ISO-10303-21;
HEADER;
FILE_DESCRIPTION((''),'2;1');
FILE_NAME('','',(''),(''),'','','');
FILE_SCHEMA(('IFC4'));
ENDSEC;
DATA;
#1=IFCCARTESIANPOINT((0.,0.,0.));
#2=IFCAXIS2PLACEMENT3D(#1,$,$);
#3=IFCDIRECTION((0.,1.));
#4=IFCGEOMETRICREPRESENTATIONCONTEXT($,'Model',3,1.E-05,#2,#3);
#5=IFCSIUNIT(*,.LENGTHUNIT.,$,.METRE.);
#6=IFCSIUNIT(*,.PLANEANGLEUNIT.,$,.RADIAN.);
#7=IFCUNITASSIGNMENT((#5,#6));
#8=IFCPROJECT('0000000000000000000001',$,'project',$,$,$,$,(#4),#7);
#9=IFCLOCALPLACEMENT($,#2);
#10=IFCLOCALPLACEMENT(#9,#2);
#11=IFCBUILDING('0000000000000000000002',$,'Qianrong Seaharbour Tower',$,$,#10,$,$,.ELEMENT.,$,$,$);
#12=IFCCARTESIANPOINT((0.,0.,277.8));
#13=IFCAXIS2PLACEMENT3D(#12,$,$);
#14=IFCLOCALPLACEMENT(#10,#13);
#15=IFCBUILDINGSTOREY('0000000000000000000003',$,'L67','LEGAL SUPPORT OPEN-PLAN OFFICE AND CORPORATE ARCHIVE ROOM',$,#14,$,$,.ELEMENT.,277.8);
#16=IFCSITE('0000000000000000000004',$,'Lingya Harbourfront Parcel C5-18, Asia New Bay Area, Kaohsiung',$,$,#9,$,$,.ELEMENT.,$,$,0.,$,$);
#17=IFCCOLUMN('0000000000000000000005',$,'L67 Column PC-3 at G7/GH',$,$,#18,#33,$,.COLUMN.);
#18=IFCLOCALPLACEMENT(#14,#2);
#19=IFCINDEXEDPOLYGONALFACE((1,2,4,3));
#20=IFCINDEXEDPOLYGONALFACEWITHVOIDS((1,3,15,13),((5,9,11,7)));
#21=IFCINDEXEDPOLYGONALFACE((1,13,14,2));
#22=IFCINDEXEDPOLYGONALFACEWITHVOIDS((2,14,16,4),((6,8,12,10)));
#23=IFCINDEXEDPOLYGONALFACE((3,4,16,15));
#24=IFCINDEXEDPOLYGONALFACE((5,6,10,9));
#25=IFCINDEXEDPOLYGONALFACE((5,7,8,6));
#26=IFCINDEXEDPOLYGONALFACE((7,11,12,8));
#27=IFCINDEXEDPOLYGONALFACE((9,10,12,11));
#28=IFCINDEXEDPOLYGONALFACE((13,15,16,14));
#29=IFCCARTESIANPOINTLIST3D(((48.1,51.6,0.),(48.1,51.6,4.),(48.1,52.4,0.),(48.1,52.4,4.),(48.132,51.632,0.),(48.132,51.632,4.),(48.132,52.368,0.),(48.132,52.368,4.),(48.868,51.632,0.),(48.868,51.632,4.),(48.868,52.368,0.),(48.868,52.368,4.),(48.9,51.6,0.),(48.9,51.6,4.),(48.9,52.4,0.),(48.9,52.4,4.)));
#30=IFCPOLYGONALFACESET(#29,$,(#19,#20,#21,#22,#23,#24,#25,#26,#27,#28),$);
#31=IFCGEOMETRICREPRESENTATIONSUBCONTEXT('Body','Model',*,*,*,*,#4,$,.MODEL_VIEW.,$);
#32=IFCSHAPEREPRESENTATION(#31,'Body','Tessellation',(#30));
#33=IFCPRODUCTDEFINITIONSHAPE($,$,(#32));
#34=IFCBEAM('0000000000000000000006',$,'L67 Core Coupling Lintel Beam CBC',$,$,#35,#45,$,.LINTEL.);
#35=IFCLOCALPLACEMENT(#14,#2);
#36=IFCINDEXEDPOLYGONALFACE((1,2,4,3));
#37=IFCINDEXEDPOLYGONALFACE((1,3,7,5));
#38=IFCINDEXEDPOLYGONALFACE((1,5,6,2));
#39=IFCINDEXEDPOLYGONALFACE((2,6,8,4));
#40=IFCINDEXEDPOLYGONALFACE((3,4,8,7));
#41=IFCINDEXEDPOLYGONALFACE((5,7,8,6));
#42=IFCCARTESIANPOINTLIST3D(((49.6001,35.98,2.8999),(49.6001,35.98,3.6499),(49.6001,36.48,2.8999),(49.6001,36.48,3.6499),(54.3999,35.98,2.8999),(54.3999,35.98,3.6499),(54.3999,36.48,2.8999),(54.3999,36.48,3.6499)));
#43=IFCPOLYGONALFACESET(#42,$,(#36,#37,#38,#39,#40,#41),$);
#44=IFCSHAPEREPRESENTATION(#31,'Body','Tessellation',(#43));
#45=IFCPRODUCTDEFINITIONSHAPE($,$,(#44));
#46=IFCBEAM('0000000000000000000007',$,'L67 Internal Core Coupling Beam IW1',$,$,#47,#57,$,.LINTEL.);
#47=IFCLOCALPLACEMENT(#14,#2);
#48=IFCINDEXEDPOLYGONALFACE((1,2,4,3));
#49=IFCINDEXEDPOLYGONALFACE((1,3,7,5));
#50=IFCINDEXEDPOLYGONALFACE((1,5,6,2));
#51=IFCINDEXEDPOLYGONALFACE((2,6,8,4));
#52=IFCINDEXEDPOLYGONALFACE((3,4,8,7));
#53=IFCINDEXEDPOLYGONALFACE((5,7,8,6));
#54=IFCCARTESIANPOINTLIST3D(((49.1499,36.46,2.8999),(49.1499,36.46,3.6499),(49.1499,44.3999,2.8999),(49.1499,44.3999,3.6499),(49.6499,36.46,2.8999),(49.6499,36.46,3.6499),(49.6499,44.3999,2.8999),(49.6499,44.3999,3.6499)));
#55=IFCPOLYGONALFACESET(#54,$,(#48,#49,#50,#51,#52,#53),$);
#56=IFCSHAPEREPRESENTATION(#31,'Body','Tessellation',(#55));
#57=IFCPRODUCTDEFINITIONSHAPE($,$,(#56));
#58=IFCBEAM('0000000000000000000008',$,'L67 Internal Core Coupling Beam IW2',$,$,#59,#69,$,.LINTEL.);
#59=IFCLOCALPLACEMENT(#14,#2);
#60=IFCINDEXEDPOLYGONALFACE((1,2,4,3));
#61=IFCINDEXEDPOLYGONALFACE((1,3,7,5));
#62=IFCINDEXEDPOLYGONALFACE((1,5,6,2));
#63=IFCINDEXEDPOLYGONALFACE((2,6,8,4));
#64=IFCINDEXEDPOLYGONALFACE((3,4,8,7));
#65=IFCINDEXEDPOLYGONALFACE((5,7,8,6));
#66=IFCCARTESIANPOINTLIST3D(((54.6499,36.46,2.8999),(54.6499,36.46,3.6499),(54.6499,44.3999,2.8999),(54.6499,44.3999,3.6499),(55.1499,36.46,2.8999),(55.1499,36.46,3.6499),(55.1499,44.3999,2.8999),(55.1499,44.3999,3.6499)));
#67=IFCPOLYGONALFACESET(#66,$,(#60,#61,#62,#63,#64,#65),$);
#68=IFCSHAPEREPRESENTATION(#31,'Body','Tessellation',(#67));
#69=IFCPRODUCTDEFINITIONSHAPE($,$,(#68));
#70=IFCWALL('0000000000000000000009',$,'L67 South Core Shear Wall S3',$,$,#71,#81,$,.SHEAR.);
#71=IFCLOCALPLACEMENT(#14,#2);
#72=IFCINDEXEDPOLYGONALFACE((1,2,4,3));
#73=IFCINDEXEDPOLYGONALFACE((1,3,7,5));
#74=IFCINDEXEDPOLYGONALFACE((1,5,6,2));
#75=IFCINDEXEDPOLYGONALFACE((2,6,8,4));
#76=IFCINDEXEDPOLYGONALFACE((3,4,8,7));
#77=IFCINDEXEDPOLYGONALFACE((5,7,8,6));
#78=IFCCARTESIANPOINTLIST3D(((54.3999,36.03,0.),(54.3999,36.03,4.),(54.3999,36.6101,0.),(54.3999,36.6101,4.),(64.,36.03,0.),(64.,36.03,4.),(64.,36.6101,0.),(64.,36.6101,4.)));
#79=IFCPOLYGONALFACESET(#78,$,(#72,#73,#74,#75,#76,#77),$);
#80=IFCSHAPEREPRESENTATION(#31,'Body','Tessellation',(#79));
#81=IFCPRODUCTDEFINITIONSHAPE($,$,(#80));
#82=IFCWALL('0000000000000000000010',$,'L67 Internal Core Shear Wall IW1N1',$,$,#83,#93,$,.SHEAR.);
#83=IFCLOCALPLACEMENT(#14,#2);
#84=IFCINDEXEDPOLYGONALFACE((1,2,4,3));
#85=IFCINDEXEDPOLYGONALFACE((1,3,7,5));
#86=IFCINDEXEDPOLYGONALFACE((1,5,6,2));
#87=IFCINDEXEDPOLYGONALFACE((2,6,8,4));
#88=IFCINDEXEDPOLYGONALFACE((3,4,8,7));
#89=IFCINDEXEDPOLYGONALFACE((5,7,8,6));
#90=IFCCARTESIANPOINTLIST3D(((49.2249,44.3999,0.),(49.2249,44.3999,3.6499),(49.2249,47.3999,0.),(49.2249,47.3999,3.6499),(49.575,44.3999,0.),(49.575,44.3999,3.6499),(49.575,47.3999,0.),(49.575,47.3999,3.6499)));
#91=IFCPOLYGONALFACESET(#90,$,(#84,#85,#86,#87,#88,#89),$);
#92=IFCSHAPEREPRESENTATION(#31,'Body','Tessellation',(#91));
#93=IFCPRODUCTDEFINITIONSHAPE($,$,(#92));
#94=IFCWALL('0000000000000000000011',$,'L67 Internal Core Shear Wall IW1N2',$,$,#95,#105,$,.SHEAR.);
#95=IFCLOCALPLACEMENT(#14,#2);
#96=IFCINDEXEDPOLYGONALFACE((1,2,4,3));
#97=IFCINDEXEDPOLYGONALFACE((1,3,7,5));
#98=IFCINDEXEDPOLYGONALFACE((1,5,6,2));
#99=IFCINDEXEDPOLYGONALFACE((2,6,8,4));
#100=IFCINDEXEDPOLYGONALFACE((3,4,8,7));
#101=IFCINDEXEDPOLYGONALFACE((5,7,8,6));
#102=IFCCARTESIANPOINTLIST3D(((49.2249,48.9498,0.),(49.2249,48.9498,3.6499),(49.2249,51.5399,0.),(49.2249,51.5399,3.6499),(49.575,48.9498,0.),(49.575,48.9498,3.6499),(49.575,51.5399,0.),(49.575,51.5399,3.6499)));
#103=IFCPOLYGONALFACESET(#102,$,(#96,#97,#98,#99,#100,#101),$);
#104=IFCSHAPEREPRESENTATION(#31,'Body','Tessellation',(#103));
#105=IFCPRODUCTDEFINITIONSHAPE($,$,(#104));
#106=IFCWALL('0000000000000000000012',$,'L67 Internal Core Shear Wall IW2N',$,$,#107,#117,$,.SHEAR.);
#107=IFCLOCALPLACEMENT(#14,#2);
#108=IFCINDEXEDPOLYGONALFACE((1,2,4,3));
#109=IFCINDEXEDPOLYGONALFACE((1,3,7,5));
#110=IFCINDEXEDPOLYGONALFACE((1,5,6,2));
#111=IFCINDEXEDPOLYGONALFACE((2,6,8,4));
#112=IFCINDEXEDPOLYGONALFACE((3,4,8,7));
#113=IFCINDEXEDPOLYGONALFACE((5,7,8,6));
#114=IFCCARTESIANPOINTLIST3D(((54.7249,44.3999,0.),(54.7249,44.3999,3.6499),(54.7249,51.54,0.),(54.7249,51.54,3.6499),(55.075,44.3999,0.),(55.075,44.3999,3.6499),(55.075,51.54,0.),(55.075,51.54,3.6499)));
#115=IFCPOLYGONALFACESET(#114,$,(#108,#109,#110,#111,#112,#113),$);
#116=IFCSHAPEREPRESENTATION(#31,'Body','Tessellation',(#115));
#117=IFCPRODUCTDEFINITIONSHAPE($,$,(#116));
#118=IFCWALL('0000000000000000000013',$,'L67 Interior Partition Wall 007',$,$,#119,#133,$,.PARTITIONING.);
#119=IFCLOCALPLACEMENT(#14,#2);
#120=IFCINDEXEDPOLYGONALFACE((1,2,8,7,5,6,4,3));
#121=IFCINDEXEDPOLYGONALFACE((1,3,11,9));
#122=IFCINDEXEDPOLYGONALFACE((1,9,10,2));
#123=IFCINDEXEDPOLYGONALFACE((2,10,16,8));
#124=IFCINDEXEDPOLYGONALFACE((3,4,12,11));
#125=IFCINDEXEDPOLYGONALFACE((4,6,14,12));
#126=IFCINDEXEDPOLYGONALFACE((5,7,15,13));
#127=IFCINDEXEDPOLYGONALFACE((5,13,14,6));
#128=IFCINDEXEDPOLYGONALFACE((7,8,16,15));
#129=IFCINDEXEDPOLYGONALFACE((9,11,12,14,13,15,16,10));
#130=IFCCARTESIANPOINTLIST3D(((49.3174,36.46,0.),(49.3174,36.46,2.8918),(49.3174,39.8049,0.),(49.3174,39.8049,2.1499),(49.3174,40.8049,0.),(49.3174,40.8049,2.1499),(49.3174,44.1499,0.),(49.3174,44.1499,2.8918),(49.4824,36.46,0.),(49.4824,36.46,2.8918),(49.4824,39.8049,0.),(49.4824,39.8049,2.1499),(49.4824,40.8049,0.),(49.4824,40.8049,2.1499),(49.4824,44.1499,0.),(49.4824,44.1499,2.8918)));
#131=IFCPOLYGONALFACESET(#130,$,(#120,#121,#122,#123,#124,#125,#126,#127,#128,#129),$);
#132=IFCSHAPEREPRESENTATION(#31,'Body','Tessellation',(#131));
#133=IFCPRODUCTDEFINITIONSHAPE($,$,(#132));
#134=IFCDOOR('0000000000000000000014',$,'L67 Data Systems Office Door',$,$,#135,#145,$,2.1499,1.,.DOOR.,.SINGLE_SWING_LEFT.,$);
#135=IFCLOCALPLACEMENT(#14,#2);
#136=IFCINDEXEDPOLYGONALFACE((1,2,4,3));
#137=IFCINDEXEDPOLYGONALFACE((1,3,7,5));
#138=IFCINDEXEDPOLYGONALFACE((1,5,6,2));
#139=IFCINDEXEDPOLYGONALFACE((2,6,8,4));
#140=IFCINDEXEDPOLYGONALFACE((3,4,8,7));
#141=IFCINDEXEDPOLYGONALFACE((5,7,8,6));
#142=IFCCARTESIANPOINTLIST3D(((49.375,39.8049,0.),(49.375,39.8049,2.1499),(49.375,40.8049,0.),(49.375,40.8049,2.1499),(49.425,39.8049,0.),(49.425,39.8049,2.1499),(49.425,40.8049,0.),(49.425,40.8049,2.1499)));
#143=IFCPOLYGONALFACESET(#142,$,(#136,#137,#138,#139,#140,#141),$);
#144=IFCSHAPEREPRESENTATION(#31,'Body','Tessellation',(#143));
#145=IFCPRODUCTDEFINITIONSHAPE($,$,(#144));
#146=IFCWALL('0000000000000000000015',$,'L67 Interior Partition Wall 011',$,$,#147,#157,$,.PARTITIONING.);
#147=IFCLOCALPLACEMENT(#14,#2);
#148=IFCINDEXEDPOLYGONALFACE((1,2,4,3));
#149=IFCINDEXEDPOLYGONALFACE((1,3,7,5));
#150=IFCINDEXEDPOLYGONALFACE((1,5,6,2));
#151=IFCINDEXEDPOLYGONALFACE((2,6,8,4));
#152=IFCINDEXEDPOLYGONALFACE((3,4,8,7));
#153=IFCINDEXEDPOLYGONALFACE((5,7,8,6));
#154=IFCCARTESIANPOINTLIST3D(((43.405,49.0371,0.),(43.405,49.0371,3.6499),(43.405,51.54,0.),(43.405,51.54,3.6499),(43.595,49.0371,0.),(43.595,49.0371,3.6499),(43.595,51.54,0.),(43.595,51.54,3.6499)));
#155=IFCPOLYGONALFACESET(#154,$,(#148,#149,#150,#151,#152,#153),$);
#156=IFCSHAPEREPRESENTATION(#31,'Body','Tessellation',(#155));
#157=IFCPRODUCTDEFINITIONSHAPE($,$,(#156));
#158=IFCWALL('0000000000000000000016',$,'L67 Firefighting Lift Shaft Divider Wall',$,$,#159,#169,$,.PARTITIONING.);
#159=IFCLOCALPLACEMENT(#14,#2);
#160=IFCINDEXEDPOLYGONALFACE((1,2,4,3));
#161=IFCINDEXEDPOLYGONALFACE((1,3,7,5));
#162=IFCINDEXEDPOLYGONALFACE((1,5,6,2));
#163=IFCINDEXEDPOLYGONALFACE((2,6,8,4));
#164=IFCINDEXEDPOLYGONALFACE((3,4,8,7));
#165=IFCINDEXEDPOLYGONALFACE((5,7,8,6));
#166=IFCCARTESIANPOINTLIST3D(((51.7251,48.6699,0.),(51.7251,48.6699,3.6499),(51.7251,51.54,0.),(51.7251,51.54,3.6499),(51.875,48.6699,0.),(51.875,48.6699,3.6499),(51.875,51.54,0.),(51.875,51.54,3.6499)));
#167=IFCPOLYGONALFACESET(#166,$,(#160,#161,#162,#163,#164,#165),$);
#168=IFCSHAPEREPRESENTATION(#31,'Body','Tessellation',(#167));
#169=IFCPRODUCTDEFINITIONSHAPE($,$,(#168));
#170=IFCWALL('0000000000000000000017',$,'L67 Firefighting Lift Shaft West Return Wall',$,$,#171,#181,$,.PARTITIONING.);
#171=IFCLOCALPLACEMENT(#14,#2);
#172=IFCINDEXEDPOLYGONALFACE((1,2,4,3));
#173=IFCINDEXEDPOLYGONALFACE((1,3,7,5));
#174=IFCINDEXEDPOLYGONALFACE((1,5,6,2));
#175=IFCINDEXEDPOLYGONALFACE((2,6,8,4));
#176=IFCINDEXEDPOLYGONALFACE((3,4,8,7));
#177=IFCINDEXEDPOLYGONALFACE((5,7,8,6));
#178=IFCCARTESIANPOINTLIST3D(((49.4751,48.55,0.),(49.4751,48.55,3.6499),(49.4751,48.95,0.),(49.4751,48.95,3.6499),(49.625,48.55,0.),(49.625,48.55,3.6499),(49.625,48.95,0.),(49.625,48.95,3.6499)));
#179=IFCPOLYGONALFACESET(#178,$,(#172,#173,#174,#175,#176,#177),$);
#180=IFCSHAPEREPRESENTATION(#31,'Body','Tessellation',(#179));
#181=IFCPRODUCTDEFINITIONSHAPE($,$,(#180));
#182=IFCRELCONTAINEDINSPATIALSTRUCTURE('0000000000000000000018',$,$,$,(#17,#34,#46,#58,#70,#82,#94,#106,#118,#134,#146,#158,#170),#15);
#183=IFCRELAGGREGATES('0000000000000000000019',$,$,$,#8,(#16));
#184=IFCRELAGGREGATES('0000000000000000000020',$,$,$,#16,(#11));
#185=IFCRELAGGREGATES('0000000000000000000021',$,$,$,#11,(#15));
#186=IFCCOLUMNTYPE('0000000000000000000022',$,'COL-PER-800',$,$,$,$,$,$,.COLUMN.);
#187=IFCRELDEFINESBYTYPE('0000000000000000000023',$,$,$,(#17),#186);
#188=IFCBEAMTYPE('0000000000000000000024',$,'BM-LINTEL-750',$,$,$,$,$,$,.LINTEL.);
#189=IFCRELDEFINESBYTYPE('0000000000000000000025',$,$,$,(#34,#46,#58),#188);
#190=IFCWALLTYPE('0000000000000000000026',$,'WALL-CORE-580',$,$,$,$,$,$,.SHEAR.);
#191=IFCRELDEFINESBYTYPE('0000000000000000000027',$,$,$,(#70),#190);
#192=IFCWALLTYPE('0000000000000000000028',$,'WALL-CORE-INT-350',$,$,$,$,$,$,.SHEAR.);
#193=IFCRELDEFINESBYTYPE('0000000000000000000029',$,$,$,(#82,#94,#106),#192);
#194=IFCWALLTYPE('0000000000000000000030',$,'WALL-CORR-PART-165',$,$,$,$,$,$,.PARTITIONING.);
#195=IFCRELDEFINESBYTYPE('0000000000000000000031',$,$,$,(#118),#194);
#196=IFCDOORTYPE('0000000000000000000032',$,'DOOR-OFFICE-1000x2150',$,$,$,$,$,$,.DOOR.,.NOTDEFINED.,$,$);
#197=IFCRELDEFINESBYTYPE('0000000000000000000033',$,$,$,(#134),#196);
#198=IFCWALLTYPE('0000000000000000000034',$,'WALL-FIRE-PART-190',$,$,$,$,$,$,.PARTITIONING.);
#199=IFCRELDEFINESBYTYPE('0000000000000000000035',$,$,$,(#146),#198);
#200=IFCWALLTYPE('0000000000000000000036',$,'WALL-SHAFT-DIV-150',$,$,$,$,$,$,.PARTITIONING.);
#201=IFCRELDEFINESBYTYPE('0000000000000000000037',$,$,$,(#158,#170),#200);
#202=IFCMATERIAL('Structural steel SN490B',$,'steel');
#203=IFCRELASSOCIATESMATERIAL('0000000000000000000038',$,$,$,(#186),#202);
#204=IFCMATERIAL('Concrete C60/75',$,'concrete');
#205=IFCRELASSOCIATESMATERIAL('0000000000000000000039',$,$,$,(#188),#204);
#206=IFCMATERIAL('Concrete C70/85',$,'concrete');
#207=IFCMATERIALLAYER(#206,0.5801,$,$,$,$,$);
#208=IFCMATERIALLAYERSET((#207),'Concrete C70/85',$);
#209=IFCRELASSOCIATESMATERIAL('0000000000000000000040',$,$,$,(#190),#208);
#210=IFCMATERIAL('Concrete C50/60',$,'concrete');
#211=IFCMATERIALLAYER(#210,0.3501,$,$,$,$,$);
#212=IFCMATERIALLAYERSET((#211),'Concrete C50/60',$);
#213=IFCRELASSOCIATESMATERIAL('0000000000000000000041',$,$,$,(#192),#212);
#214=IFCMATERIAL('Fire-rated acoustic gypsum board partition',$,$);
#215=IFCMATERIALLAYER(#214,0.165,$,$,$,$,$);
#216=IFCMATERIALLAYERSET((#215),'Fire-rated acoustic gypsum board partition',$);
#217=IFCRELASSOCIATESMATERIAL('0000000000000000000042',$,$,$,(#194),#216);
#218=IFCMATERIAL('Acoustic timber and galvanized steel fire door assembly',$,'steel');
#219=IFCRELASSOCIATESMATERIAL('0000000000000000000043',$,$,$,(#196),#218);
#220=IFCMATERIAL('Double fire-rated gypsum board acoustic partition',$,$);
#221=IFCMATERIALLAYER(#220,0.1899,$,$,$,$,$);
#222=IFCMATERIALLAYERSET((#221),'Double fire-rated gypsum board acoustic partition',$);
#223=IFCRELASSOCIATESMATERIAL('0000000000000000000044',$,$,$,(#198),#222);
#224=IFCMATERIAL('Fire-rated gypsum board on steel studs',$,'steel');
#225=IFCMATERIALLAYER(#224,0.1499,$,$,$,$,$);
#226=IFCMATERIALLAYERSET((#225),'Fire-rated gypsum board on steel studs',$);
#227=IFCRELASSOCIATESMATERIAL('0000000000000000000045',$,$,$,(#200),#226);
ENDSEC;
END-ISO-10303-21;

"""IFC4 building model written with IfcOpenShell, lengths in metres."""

from ifc_helpers import new_model, si_unit, direction, frame, frame_2d, origin, origin_2d, place, context, subcontext, project, spatial, rectangle, hollow_rectangle, extrude, material, layer, layer_set, material_profile, profile_set, type_object, element, fill, save


model = new_model("IFC4")

# Units and contexts
model_context = context("Model", 3, precision=1e-05, world=origin(), true_north=direction((0.0, 1.0)))
body_context = subcontext(model_context, "Body", "Model", "MODEL_VIEW")
ifc_project = project(units=[si_unit("LENGTHUNIT", "METRE"), si_unit("PLANEANGLEUNIT", "RADIAN")], contexts=[model_context])

# Site, building, storey
site_placement = place(None, origin())
site = spatial("IfcSite", under=ifc_project, at=site_placement, Name="Lingya Harbourfront Parcel C5-18, Asia New Bay Area, Kaohsiung", CompositionType="ELEMENT", RefElevation=0.0)
building_placement = place(site_placement, origin())
building = spatial("IfcBuilding", under=site, at=building_placement, Name="Qianrong Seaharbour Tower", CompositionType="ELEMENT")
storey_placement = place(building_placement, frame((0.0, 0.0, 277.8)))
storey = spatial("IfcBuildingStorey", under=building, at=storey_placement, Name="L67", Description="LEGAL SUPPORT OPEN-PLAN OFFICE AND CORPORATE ARCHIVE ROOM", CompositionType="ELEMENT", Elevation=277.8)

# Column
ifc_material_1 = material(Name="Structural steel SN490B", Category="steel")
ifc_material_profile_1 = material_profile(ifc_material_1, hollow_rectangle(XDim=0.8, YDim=0.8, WallThickness=0.032, at=origin_2d()), Name="BOX800x800x32")
ifc_profile_set_1 = profile_set([ifc_material_profile_1], Name="Structural steel SN490B")
column_type = type_object("IfcColumnType", Name="COL-PER-800", PredefinedType="COLUMN", material=ifc_profile_set_1)
column_placement = place(storey_placement, frame((48.5, 52.0, 0.0), z_axis=(0.0, 0.0, 1.0), x_axis=(1.0, 0.0, 0.0)))
element("IfcColumn", 1, at=column_placement, inside=storey, type_object=column_type, Name="L67 Column PC-3 at G7/GH", PredefinedType="COLUMN", context=body_context, shape_type="SweptSolid", body=[
    extrude(hollow_rectangle(XDim=0.8, YDim=0.8, WallThickness=0.032, at=origin_2d()), origin(), (0.0, 0.0, 1.0), 4.0),
])

# Beams
ifc_material_2 = material(Name="Concrete C60/75", Category="concrete")
ifc_material_profile_2 = material_profile(ifc_material_2, rectangle(XDim=0.5, YDim=0.75, at=origin_2d()), Name="RC500x750")
ifc_profile_set_2 = profile_set([ifc_material_profile_2], Name="Concrete C60/75")
beam_type = type_object("IfcBeamType", Name="BM-LINTEL-750", PredefinedType="LINTEL", material=ifc_profile_set_2)
beam_placement = place(storey_placement, frame((49.6001, 36.23, 3.2749), z_axis=(1.0, 0.0, 0.0), x_axis=(0.0, 1.0, 0.0)))
element("IfcBeam", 2, at=beam_placement, inside=storey, type_object=beam_type, Name="L67 Core Coupling Lintel Beam CBC", PredefinedType="LINTEL", context=body_context, shape_type="SweptSolid", body=[
    extrude(rectangle(XDim=0.5, YDim=0.75, at=origin_2d()), origin(), (0.0, 0.0, 1.0), 4.7998),
])
for number, where, z_axis, x_axis, name in (
    (3, (49.3999, 36.46, 3.2749), (0.0, 1.0, 0.0), (-1.0, 0.0, 0.0), "L67 Internal Core Coupling Beam IW1"),
    (4, (54.8999, 36.46, 3.2749), (0.0, 1.0, 0.0), (-1.0, 0.0, 0.0), "L67 Internal Core Coupling Beam IW2"),
):
    element("IfcBeam", number, at=place(storey_placement, frame(where, z_axis=z_axis, x_axis=x_axis)), inside=storey, type_object=beam_type, Name=name, PredefinedType="LINTEL", context=body_context, shape_type="SweptSolid", body=[
        extrude(rectangle(XDim=0.5, YDim=0.75, at=origin_2d()), origin(), (0.0, 0.0, 1.0), 7.9399),
    ])

# Walls
ifc_material_3 = material(Name="Concrete C70/85", Category="concrete")
ifc_layer_1 = layer(ifc_material_3, 0.5801)
ifc_layer_set_1 = layer_set([ifc_layer_1], Name="Concrete C70/85")
wall_type_1 = type_object("IfcWallType", Name="WALL-CORE-580", PredefinedType="SHEAR", material=ifc_layer_set_1)
wall_1_placement = place(storey_placement, frame((54.3999, 36.3201, 0.0), z_axis=(0.0, 0.0, 1.0), x_axis=(1.0, 0.0, 0.0)))
element("IfcWall", 5, at=wall_1_placement, inside=storey, type_object=wall_type_1, Name="L67 South Core Shear Wall S3", PredefinedType="SHEAR", context=body_context, shape_type="SweptSolid", body=[
    extrude(rectangle(XDim=9.6001, YDim=0.5801, at=frame_2d((4.8, 0.0))), origin(), (0.0, 0.0, 1.0), 4.0),
])
ifc_material_4 = material(Name="Concrete C50/60", Category="concrete")
ifc_layer_2 = layer(ifc_material_4, 0.3501)
ifc_layer_set_2 = layer_set([ifc_layer_2], Name="Concrete C50/60")
wall_type_2 = type_object("IfcWallType", Name="WALL-CORE-INT-350", PredefinedType="SHEAR", material=ifc_layer_set_2)
wall_2_placement = place(storey_placement, frame((49.3999, 44.3999, 0.0), z_axis=(0.0, 0.0, 1.0), x_axis=(0.0, 1.0, 0.0)))
element("IfcWall", 6, at=wall_2_placement, inside=storey, type_object=wall_type_2, Name="L67 Internal Core Shear Wall IW1N1", PredefinedType="SHEAR", context=body_context, shape_type="SweptSolid", body=[
    extrude(rectangle(XDim=3.0, YDim=0.3501, at=frame_2d((1.5, 0.0))), origin(), (0.0, 0.0, 1.0), 3.6499),
])
wall_3_placement = place(storey_placement, frame((49.3999, 48.95, 0.0), z_axis=(0.0, 0.0, 1.0), x_axis=(0.0, 1.0, 0.0)))
element("IfcWall", 7, at=wall_3_placement, inside=storey, type_object=wall_type_2, Name="L67 Internal Core Shear Wall IW1N2", PredefinedType="SHEAR", context=body_context, shape_type="SweptSolid", body=[
    extrude(rectangle(XDim=2.5901, YDim=0.3501, at=frame_2d((1.2949, 0.0))), origin(), (0.0, 0.0, 1.0), 3.6499),
])
wall_4_placement = place(storey_placement, frame((54.8999, 44.3999, 0.0), z_axis=(0.0, 0.0, 1.0), x_axis=(0.0, 1.0, 0.0)))
element("IfcWall", 8, at=wall_4_placement, inside=storey, type_object=wall_type_2, Name="L67 Internal Core Shear Wall IW2N", PredefinedType="SHEAR", context=body_context, shape_type="SweptSolid", body=[
    extrude(rectangle(XDim=7.1401, YDim=0.3501, at=frame_2d((3.5701, 0.0))), origin(), (0.0, 0.0, 1.0), 3.6499),
])

# Wall, opening, door
ifc_material_5 = material(Name="Fire-rated acoustic gypsum board partition")
ifc_layer_3 = layer(ifc_material_5, 0.165)
ifc_layer_set_3 = layer_set([ifc_layer_3], Name="Fire-rated acoustic gypsum board partition")
wall_type_3 = type_object("IfcWallType", Name="WALL-CORR-PART-165", PredefinedType="PARTITIONING", material=ifc_layer_set_3)
wall_5_placement = place(storey_placement, frame((49.3999, 36.46, 0.0), z_axis=(0.0, 0.0, 1.0), x_axis=(0.0, 1.0, 0.0)))
wall_5 = element("IfcWall", 9, at=wall_5_placement, inside=storey, type_object=wall_type_3, Name="L67 Interior Partition Wall 007", PredefinedType="PARTITIONING", context=body_context, shape_type="SweptSolid", body=[
    extrude(rectangle(XDim=7.6899, YDim=0.165, at=frame_2d((3.845, 0.0))), origin(), (0.0, 0.0, 1.0), 2.8918),
])
opening_1_placement = place(wall_5_placement, frame((3.345, 0.0, 0.0)))
opening_1 = element("IfcOpeningElement", 10, at=opening_1_placement, cuts=wall_5, PredefinedType="OPENING", context=body_context, shape_type="SweptSolid", body=[
    extrude(rectangle(XDim=1.0, YDim=2.1499, at=frame_2d((0.5, 1.075))), frame((0.0, 0.0925, 0.0), z_axis=(0.0, -1.0, 0.0), x_axis=(1.0, 0.0, 0.0)), (0.0, 0.0, 1.0), 0.1851),
])
ifc_material_6 = material(Name="Acoustic timber and galvanized steel fire door assembly", Category="steel")
door_type_1 = type_object("IfcDoorType", Name="DOOR-OFFICE-1000x2150", OperationType="NOTDEFINED", PredefinedType="DOOR", material=ifc_material_6)
door_1_placement = place(opening_1_placement, origin())
door_1 = element("IfcDoor", 11, at=door_1_placement, inside=storey, type_object=door_type_1, Name="L67 Data Systems Office Door", OperationType="SINGLE_SWING_LEFT", OverallHeight=2.1499, OverallWidth=1.0, PredefinedType="DOOR", context=body_context, shape_type="SweptSolid", body=[
    extrude(rectangle(XDim=1.0, YDim=2.1499, at=frame_2d((0.5, 1.075))), frame((0.0, 0.0249, 0.0), z_axis=(0.0, -1.0, 0.0), x_axis=(1.0, 0.0, 0.0)), (0.0, 0.0, 1.0), 0.05),
])
fill(opening_1, door_1)
ifc_material_7 = material(Name="Double fire-rated gypsum board acoustic partition")
ifc_layer_4 = layer(ifc_material_7, 0.1899)
ifc_layer_set_4 = layer_set([ifc_layer_4], Name="Double fire-rated gypsum board acoustic partition")
wall_type_4 = type_object("IfcWallType", Name="WALL-FIRE-PART-190", PredefinedType="PARTITIONING", material=ifc_layer_set_4)

# Walls
wall_6_placement = place(storey_placement, frame((43.5, 51.54, 0.0), z_axis=(0.0, 0.0, 1.0), x_axis=(0.0, -1.0, 0.0)))
element("IfcWall", 12, at=wall_6_placement, inside=storey, type_object=wall_type_4, Name="L67 Interior Partition Wall 011", PredefinedType="PARTITIONING", context=body_context, shape_type="SweptSolid", body=[
    extrude(rectangle(XDim=2.5029, YDim=0.1899, at=frame_2d((1.2515, 0.0))), origin(), (0.0, 0.0, 1.0), 3.6499),
])
ifc_material_8 = material(Name="Fire-rated gypsum board on steel studs", Category="steel")
ifc_layer_5 = layer(ifc_material_8, 0.1499)
ifc_layer_set_5 = layer_set([ifc_layer_5], Name="Fire-rated gypsum board on steel studs")
wall_type_5 = type_object("IfcWallType", Name="WALL-SHAFT-DIV-150", PredefinedType="PARTITIONING", material=ifc_layer_set_5)
wall_7_placement = place(storey_placement, frame((51.8, 48.6699, 0.0), z_axis=(0.0, 0.0, 1.0), x_axis=(0.0, 1.0, 0.0)))
element("IfcWall", 13, at=wall_7_placement, inside=storey, type_object=wall_type_5, Name="L67 Firefighting Lift Shaft Divider Wall", PredefinedType="PARTITIONING", context=body_context, shape_type="SweptSolid", body=[
    extrude(rectangle(XDim=2.8701, YDim=0.1499, at=frame_2d((1.4351, 0.0))), origin(), (0.0, 0.0, 1.0), 3.6499),
])
wall_8_placement = place(storey_placement, frame((49.55, 48.55, 0.0), z_axis=(0.0, 0.0, 1.0), x_axis=(0.0, 1.0, 0.0)))
element("IfcWall", 14, at=wall_8_placement, inside=storey, type_object=wall_type_5, Name="L67 Firefighting Lift Shaft West Return Wall", PredefinedType="PARTITIONING", context=body_context, shape_type="SweptSolid", body=[
    extrude(rectangle(XDim=0.3999, YDim=0.1499, at=frame_2d((0.2, 0.0))), origin(), (0.0, 0.0, 1.0), 3.6499),
])

save(model, "model.ifc")
